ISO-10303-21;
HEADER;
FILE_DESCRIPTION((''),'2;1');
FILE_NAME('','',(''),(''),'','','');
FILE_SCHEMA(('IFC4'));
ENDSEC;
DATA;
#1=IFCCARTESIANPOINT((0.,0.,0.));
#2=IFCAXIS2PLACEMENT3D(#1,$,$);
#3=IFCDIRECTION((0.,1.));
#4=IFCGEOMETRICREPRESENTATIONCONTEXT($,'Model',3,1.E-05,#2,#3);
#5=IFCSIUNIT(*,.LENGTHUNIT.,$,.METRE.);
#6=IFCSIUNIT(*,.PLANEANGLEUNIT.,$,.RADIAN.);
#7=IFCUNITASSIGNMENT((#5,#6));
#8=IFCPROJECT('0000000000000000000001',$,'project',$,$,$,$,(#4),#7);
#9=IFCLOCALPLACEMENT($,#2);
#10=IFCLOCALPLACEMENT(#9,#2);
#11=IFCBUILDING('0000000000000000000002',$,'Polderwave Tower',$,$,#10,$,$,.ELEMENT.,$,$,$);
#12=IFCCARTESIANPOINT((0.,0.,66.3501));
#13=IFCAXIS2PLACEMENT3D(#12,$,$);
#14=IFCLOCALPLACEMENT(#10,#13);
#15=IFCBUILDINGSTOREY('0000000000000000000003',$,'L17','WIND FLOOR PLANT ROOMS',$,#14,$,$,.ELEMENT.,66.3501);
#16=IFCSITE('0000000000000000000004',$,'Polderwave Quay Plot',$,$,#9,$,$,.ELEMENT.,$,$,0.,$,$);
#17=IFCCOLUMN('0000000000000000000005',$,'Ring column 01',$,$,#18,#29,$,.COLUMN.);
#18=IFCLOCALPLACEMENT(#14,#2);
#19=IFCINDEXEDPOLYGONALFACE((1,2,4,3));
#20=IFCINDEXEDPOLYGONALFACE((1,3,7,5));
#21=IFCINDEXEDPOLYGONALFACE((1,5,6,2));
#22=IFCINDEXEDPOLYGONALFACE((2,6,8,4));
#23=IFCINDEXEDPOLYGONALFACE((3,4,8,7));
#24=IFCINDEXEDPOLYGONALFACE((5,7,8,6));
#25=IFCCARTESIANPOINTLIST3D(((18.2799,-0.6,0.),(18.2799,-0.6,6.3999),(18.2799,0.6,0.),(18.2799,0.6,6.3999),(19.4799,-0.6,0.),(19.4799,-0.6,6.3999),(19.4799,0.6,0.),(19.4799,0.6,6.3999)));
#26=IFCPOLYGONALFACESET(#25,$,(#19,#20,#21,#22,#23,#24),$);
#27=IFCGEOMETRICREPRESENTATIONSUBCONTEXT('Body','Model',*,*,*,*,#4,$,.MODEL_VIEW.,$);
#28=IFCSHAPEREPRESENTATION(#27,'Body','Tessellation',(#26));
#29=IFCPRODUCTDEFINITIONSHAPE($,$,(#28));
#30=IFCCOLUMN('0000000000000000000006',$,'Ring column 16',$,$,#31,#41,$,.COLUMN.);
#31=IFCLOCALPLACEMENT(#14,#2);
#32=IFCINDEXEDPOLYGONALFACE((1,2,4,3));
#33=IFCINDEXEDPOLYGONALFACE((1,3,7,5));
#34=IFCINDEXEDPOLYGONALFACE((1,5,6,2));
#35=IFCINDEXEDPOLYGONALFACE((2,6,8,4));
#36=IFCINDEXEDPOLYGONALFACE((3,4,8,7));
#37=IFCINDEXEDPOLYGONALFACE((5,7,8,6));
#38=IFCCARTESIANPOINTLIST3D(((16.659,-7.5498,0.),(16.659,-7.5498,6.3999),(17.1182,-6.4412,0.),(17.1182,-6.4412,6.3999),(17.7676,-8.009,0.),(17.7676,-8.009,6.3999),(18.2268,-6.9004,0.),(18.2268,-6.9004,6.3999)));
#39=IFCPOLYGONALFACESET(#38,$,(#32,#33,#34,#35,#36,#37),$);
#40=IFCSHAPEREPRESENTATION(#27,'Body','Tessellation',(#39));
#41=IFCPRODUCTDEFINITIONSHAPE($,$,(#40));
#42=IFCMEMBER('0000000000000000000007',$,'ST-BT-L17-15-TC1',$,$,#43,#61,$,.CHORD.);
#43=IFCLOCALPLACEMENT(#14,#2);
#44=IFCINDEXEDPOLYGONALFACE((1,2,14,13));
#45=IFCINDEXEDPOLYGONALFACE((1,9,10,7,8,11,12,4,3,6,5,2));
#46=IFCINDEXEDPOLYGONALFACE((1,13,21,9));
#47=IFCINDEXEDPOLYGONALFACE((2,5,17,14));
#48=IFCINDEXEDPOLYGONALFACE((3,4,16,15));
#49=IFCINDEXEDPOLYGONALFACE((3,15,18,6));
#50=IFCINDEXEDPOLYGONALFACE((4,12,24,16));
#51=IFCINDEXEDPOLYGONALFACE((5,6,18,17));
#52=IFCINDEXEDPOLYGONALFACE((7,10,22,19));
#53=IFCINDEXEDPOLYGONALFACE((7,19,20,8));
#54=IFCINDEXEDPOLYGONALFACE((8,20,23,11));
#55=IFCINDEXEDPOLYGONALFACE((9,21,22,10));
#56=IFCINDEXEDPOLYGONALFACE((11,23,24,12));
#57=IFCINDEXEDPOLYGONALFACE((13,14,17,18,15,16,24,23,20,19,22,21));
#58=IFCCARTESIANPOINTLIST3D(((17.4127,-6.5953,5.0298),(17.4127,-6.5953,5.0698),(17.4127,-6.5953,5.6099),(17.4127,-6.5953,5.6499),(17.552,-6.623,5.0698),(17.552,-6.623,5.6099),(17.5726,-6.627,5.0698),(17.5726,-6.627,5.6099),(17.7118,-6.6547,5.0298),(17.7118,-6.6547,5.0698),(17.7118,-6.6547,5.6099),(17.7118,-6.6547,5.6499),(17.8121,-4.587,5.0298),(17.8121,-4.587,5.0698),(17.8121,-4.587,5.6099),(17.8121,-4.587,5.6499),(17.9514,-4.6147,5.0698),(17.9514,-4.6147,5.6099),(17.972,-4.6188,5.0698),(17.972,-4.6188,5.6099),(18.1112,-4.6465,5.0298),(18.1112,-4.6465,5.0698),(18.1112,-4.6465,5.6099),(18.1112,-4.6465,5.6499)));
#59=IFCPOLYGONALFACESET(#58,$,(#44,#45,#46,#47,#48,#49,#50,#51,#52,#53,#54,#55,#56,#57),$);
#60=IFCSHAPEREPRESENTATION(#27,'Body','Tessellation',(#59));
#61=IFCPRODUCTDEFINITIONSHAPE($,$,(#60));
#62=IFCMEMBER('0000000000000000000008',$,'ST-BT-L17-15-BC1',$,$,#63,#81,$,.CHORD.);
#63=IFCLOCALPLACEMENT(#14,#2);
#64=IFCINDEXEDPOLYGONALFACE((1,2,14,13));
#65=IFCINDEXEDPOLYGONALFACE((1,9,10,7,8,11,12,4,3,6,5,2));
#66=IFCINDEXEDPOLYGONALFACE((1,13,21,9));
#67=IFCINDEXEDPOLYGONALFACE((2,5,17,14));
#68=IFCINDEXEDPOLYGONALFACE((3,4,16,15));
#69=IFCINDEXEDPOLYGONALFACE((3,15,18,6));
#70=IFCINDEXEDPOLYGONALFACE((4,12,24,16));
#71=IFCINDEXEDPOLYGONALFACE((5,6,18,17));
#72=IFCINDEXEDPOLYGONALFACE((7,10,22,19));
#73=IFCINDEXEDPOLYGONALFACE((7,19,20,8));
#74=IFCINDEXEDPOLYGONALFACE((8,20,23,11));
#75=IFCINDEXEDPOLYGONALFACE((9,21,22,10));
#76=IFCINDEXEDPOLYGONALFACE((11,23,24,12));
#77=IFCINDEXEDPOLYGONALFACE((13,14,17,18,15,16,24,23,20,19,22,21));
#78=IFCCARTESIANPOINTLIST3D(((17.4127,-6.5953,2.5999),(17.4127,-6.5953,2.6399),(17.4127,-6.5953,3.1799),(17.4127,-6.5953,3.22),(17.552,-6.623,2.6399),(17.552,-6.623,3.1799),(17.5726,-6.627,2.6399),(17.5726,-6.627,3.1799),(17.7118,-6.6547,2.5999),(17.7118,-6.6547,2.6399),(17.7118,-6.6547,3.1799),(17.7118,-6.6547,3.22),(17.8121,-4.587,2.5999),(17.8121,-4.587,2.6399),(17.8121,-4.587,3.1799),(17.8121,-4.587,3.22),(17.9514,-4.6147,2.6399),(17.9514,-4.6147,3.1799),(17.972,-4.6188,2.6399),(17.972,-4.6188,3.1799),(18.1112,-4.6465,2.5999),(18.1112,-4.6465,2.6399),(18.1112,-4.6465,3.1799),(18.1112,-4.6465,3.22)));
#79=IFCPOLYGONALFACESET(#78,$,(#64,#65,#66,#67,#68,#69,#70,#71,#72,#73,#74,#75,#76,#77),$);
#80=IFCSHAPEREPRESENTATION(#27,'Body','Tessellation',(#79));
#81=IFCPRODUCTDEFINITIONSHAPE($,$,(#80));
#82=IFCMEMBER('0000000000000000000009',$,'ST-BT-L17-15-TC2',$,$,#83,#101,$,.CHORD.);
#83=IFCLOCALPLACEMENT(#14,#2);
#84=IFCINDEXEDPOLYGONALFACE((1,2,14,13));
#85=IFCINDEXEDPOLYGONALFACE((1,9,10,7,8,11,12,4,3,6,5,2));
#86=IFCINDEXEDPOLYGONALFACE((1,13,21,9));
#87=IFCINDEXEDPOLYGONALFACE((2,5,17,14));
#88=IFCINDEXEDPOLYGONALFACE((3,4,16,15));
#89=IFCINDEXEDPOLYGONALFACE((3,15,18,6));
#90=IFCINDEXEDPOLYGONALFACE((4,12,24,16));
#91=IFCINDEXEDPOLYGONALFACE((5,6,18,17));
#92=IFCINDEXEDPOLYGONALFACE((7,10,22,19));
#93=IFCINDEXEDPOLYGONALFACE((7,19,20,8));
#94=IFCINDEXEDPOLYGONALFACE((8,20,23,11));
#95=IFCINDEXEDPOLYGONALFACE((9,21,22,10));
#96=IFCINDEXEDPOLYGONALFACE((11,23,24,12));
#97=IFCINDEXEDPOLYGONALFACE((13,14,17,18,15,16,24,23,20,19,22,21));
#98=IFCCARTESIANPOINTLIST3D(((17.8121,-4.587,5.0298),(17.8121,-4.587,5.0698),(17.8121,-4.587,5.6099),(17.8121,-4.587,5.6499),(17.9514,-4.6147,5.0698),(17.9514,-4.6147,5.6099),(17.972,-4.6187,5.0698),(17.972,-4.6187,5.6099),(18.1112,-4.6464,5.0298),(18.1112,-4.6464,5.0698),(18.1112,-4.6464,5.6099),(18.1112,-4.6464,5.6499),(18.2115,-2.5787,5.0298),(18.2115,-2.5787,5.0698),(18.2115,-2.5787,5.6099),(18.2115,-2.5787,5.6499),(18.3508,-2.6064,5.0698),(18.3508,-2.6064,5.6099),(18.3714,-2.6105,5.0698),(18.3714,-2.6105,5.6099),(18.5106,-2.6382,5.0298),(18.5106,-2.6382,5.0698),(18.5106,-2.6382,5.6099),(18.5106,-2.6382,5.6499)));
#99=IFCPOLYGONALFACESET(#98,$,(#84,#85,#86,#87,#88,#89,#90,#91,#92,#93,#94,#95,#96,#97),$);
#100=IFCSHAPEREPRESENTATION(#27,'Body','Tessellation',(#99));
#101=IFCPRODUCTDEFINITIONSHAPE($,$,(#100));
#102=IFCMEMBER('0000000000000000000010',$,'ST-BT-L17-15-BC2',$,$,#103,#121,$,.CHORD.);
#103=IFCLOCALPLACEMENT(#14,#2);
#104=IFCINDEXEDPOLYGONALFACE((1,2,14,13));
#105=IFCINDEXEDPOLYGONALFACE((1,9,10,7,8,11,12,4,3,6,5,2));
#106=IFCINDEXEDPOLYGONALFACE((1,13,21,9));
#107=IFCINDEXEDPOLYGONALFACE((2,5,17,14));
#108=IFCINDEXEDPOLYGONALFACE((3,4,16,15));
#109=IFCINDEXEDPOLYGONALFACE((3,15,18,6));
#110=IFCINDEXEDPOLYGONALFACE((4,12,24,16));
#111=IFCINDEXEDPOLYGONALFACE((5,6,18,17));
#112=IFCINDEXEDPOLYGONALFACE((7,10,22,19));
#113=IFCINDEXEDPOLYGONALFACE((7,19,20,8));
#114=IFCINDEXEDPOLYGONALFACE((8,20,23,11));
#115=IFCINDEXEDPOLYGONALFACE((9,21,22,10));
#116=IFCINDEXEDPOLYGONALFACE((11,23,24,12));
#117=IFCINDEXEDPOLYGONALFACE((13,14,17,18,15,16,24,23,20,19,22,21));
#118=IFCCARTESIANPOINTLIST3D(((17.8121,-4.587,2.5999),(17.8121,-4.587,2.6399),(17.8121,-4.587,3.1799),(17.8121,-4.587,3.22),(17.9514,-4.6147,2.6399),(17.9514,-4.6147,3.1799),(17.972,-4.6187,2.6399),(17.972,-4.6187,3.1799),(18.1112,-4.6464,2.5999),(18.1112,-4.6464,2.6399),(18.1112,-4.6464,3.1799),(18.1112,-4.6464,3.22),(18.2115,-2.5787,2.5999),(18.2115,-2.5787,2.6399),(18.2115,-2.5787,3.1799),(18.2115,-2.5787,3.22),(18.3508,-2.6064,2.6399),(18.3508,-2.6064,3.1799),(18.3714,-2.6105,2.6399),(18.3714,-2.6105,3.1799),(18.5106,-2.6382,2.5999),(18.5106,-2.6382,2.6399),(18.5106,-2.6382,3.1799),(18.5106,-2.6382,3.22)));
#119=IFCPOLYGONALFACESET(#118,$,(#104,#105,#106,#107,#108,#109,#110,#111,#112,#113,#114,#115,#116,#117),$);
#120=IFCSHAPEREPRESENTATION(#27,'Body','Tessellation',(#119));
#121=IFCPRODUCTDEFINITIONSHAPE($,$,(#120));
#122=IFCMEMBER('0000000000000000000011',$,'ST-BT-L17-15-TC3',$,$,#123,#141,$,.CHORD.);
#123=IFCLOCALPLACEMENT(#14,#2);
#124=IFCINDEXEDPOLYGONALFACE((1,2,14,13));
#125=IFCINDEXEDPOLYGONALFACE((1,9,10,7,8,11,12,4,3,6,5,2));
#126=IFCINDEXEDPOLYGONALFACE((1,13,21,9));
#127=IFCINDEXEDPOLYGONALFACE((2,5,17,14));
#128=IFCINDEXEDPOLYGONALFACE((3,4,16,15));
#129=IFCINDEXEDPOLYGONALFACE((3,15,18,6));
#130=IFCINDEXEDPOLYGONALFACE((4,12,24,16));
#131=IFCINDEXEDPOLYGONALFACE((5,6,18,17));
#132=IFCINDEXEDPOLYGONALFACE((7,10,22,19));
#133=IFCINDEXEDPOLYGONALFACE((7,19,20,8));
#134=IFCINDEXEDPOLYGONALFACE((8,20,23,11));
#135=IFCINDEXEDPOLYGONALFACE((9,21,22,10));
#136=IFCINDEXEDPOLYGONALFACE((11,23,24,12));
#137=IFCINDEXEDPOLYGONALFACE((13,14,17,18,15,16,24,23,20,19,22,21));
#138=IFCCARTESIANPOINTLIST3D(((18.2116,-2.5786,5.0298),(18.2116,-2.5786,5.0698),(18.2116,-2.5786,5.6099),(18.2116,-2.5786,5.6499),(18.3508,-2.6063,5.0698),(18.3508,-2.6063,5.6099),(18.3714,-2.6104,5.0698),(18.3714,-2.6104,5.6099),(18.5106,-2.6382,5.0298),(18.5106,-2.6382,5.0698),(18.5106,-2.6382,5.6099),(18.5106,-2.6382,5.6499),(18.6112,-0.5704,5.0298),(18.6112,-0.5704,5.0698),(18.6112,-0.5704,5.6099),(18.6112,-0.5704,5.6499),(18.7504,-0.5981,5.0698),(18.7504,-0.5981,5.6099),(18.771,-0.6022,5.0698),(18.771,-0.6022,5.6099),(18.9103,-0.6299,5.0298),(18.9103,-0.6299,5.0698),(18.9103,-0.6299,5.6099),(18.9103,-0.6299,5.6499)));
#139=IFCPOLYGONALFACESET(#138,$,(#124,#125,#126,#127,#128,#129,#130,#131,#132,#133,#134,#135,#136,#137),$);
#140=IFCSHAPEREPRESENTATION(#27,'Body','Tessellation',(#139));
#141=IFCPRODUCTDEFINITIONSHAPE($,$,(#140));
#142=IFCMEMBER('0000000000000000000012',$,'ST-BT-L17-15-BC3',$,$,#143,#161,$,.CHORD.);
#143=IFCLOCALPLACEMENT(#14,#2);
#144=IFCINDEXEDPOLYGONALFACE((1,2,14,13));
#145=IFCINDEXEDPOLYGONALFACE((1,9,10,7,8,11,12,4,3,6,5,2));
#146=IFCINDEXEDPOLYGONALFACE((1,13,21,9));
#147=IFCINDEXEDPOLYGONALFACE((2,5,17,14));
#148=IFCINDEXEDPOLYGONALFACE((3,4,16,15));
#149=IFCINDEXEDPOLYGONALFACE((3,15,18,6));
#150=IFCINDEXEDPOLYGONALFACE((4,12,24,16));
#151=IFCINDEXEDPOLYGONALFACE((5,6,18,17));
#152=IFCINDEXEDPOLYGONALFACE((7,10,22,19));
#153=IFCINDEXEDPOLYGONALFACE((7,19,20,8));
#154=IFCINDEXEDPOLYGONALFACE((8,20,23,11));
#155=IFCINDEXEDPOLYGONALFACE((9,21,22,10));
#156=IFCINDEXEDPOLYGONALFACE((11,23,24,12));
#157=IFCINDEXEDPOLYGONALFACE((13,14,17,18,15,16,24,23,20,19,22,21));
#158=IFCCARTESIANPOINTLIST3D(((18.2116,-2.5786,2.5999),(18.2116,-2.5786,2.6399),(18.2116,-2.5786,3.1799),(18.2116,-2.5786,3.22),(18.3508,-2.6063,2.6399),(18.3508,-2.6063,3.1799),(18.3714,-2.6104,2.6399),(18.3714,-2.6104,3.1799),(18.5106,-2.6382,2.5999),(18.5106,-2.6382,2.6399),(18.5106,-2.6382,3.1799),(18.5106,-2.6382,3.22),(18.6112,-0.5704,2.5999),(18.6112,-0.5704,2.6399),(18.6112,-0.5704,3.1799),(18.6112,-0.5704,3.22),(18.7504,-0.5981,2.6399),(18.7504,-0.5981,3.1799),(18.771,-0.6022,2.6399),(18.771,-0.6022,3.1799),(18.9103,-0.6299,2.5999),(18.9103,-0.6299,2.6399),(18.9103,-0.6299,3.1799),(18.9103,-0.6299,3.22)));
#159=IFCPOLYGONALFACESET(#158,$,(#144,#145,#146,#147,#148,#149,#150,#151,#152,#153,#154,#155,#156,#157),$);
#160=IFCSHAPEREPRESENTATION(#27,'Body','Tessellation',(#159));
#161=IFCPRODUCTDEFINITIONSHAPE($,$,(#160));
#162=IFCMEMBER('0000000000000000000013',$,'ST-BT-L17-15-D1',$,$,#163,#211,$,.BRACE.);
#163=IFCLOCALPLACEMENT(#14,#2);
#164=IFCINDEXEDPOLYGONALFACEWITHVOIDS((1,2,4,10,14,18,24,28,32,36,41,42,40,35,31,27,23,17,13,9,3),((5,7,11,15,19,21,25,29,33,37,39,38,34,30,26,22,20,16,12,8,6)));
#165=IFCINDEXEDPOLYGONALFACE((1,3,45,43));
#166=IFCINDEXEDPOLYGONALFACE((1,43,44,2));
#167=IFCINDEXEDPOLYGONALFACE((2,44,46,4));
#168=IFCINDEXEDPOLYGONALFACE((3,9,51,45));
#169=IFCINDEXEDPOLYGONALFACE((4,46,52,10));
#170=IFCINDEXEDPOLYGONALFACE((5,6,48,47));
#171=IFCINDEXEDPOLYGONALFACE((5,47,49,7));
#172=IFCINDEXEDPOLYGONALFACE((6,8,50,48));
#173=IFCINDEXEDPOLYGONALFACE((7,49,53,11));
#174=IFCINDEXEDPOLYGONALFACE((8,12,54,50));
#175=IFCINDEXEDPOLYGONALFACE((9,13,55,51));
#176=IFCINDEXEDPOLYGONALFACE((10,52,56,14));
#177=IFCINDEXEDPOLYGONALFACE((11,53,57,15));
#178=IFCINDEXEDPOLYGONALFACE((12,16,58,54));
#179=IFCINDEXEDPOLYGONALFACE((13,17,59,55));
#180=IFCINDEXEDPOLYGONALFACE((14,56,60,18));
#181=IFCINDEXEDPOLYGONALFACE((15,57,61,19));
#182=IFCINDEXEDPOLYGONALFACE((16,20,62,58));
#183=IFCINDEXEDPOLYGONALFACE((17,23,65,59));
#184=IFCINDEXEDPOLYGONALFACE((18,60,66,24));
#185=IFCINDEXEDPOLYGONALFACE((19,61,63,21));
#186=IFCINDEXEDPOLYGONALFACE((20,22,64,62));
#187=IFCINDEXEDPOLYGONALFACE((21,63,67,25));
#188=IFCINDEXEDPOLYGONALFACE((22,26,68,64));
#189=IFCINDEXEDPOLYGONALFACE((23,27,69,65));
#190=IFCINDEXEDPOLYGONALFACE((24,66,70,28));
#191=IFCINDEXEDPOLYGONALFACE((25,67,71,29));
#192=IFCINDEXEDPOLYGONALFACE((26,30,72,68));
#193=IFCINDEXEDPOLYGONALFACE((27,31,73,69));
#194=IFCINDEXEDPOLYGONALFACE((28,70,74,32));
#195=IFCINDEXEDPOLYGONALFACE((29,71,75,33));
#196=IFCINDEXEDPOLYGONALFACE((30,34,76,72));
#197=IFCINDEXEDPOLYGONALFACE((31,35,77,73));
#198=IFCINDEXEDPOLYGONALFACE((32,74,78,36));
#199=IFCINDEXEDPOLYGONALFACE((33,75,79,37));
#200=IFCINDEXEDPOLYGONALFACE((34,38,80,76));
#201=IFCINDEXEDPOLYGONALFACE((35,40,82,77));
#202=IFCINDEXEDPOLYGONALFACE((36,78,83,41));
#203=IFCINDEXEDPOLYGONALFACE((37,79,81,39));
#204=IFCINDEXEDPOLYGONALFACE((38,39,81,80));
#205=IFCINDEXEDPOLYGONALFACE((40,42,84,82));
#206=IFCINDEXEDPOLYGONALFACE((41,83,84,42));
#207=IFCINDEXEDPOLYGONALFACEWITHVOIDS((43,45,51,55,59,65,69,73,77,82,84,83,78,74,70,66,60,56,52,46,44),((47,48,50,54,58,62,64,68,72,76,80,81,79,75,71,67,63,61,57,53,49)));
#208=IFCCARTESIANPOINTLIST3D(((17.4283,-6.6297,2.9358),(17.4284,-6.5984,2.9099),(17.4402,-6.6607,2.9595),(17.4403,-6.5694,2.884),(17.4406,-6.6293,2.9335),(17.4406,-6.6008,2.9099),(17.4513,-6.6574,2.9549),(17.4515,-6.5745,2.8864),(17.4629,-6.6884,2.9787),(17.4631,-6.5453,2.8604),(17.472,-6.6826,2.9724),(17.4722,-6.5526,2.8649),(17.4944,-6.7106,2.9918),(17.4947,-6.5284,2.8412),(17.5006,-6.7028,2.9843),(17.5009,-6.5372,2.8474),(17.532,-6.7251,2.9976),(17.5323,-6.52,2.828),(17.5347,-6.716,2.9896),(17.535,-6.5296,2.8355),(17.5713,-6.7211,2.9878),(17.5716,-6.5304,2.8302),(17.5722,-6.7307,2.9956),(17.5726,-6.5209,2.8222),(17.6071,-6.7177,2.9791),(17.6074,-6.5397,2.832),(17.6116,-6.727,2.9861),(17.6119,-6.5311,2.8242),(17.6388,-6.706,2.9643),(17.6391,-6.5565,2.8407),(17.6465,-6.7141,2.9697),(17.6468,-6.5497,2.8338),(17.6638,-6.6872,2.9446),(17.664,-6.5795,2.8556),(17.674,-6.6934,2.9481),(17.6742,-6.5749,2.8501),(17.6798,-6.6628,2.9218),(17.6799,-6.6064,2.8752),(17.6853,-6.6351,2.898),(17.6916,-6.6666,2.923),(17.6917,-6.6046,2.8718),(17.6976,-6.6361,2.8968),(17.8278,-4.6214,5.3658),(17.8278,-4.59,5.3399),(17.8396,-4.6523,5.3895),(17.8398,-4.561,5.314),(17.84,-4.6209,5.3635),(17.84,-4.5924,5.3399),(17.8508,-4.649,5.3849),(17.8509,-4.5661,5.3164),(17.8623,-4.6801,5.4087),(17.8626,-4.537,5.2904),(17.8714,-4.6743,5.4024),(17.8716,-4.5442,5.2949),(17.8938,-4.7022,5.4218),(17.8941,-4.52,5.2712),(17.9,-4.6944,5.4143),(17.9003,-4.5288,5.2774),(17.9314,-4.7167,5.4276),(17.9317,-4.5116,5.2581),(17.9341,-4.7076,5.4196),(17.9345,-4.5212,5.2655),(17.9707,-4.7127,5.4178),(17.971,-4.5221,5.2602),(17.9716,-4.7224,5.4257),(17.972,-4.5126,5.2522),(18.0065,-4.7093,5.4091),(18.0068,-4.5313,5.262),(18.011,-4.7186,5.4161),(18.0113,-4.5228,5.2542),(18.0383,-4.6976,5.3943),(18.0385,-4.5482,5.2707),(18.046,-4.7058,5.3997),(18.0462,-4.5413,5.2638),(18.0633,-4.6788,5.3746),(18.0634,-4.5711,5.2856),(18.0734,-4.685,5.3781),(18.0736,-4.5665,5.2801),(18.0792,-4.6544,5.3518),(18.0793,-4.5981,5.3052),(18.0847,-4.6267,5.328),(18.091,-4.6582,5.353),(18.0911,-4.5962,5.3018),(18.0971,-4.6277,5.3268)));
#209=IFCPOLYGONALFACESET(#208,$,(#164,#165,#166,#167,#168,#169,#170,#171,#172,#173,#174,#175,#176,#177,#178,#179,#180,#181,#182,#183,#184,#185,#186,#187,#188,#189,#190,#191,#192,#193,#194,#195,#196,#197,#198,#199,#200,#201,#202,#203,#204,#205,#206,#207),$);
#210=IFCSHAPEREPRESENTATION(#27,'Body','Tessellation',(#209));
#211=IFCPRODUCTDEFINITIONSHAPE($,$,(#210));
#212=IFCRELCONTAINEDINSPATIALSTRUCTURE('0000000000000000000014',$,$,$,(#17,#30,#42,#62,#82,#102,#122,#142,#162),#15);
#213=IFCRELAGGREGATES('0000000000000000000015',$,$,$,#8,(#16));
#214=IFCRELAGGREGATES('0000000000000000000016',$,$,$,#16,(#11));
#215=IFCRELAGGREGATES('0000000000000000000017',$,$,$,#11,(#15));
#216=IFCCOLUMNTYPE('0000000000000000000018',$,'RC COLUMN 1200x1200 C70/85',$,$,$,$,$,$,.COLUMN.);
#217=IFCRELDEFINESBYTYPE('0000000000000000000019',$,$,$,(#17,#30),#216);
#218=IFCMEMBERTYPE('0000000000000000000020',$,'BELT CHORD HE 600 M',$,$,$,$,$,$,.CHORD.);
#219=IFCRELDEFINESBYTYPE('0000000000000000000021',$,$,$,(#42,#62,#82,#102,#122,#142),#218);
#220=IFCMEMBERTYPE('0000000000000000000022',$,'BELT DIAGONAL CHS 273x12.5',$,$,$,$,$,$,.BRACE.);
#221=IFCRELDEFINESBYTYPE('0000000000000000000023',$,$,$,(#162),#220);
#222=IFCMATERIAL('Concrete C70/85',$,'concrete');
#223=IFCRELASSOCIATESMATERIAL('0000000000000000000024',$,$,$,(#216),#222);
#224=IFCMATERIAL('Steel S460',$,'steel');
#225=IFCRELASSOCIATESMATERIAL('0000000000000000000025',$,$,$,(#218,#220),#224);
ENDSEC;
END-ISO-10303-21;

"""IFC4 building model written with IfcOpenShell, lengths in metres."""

from ifc_helpers import new_model, si_unit, direction, frame, origin, origin_2d, place, context, subcontext, project, spatial, rectangle, hollow_circle, i_section, extrude, material, material_profile, profile_set, type_object, element, save


model = new_model("IFC4")

# Units and contexts
model_context = context("Model", 3, precision=1e-05, world=origin(), true_north=direction((0.0, 1.0)))
body_context = subcontext(model_context, "Body", "Model", "MODEL_VIEW")
ifc_project = project(units=[si_unit("LENGTHUNIT", "METRE"), si_unit("PLANEANGLEUNIT", "RADIAN")], contexts=[model_context])

# Site, building, storey
site_placement = place(None, origin())
site = spatial("IfcSite", under=ifc_project, at=site_placement, Name="Polderwave Quay Plot", CompositionType="ELEMENT", RefElevation=0.0)
building_placement = place(site_placement, origin())
building = spatial("IfcBuilding", under=site, at=building_placement, Name="Polderwave Tower", CompositionType="ELEMENT")
storey_placement = place(building_placement, frame((0.0, 0.0, 66.3501)))
storey = spatial("IfcBuildingStorey", under=building, at=storey_placement, Name="L17", Description="WIND FLOOR PLANT ROOMS", CompositionType="ELEMENT", Elevation=66.3501)

# Columns
ifc_material_1 = material(Name="Concrete C70/85", Category="concrete")
ifc_material_profile_1 = material_profile(ifc_material_1, rectangle(XDim=1.2, YDim=1.2, at=origin_2d()), Name="RC 1200x1200")
ifc_profile_set_1 = profile_set([ifc_material_profile_1], Name="Concrete C70/85")
column_type = type_object("IfcColumnType", Name="RC COLUMN 1200x1200 C70/85", PredefinedType="COLUMN", material=ifc_profile_set_1)
for number, where, z_axis, x_axis, name in (
    (1, (18.8799, 0.0, 0.0), (0.0, 0.0, 1.0), (1.0, 0.0, 0.0), "Ring column 01"),
    (2, (17.4429, -7.2251, 0.0), (0.0, 0.0, 1.0), (0.92388, -0.382683, 0.0), "Ring column 16"),
):
    element("IfcColumn", number, at=place(storey_placement, frame(where, z_axis=z_axis, x_axis=x_axis)), inside=storey, type_object=column_type, Name=name, PredefinedType="COLUMN", context=body_context, shape_type="SweptSolid", body=[
        extrude(rectangle(XDim=1.2, YDim=1.2, at=origin_2d()), origin(), (0.0, 0.0, 1.0), 6.3999),
    ])

# Members
ifc_material_2 = material(Name="Steel S460", Category="steel")
ifc_material_profile_2 = material_profile(ifc_material_2, i_section(OverallWidth=0.3049, OverallDepth=0.6201, WebThickness=0.021, FlangeThickness=0.04, at=origin_2d()), Name="HE 600 M")
ifc_profile_set_2 = profile_set([ifc_material_profile_2], Name="Steel S460")
member_type_1 = type_object("IfcMemberType", Name="BELT CHORD HE 600 M", PredefinedType="CHORD", material=ifc_profile_set_2)
for number, where, z_axis, x_axis, name in (
    (3, (17.5623, -6.625, 5.3398), (0.195061, 0.980791, 0.0), (-0.980791, 0.195061, 0.0), "ST-BT-L17-15-TC1"),
    (4, (17.5623, -6.625, 2.9099), (0.195061, 0.980791, 0.0), (-0.980791, 0.195061, 0.0), "ST-BT-L17-15-BC1"),
    (5, (17.9617, -4.6167, 5.3398), (0.195061, 0.980791, 0.0), (-0.980791, 0.195061, 0.0), "ST-BT-L17-15-TC2"),
    (6, (17.9617, -4.6167, 2.9099), (0.195061, 0.980791, 0.0), (-0.980791, 0.195061, 0.0), "ST-BT-L17-15-BC2"),
    (7, (18.3611, -2.6084, 5.3398), (0.195176, 0.980768, 0.0), (-0.980768, 0.195176, 0.0), "ST-BT-L17-15-TC3"),
    (8, (18.3611, -2.6084, 2.9099), (0.195176, 0.980768, 0.0), (-0.980768, 0.195176, 0.0), "ST-BT-L17-15-BC3"),
):
    element("IfcMember", number, at=place(storey_placement, frame(where, z_axis=z_axis, x_axis=x_axis)), inside=storey, type_object=member_type_1, Name=name, PredefinedType="CHORD", context=body_context, shape_type="SweptSolid", body=[
        extrude(i_section(OverallWidth=0.3049, OverallDepth=0.6201, WebThickness=0.021, FlangeThickness=0.04, at=origin_2d()), origin(), (0.0, 0.0, 1.0), 2.0476),
    ])
ifc_material_profile_3 = material_profile(ifc_material_2, hollow_circle(Radius=0.1365, WallThickness=0.0125, at=origin_2d()), Name="CHS 273x12.5")
ifc_profile_set_3 = profile_set([ifc_material_profile_3], Name="Steel S460")
member_type_2 = type_object("IfcMemberType", Name="BELT DIAGONAL CHS 273x12.5", PredefinedType="BRACE", material=ifc_profile_set_3)
for number, where, z_axis, x_axis, name in (
    (9, (17.5623, -6.625, 2.9099), (0.125695, 0.632011, 0.764698), (-0.980791, 0.195061, 0.0), "ST-BT-L17-15-D1"),
):
    element("IfcMember", number, at=place(storey_placement, frame(where, z_axis=z_axis, x_axis=x_axis)), inside=storey, type_object=member_type_2, Name=name, PredefinedType="BRACE", context=body_context, shape_type="SweptSolid", body=[
        extrude(hollow_circle(Radius=0.1365, WallThickness=0.0125, at=origin_2d()), origin(), (0.0, 0.0, 1.0), 3.1777),
    ])

save(model, "model.ifc")
